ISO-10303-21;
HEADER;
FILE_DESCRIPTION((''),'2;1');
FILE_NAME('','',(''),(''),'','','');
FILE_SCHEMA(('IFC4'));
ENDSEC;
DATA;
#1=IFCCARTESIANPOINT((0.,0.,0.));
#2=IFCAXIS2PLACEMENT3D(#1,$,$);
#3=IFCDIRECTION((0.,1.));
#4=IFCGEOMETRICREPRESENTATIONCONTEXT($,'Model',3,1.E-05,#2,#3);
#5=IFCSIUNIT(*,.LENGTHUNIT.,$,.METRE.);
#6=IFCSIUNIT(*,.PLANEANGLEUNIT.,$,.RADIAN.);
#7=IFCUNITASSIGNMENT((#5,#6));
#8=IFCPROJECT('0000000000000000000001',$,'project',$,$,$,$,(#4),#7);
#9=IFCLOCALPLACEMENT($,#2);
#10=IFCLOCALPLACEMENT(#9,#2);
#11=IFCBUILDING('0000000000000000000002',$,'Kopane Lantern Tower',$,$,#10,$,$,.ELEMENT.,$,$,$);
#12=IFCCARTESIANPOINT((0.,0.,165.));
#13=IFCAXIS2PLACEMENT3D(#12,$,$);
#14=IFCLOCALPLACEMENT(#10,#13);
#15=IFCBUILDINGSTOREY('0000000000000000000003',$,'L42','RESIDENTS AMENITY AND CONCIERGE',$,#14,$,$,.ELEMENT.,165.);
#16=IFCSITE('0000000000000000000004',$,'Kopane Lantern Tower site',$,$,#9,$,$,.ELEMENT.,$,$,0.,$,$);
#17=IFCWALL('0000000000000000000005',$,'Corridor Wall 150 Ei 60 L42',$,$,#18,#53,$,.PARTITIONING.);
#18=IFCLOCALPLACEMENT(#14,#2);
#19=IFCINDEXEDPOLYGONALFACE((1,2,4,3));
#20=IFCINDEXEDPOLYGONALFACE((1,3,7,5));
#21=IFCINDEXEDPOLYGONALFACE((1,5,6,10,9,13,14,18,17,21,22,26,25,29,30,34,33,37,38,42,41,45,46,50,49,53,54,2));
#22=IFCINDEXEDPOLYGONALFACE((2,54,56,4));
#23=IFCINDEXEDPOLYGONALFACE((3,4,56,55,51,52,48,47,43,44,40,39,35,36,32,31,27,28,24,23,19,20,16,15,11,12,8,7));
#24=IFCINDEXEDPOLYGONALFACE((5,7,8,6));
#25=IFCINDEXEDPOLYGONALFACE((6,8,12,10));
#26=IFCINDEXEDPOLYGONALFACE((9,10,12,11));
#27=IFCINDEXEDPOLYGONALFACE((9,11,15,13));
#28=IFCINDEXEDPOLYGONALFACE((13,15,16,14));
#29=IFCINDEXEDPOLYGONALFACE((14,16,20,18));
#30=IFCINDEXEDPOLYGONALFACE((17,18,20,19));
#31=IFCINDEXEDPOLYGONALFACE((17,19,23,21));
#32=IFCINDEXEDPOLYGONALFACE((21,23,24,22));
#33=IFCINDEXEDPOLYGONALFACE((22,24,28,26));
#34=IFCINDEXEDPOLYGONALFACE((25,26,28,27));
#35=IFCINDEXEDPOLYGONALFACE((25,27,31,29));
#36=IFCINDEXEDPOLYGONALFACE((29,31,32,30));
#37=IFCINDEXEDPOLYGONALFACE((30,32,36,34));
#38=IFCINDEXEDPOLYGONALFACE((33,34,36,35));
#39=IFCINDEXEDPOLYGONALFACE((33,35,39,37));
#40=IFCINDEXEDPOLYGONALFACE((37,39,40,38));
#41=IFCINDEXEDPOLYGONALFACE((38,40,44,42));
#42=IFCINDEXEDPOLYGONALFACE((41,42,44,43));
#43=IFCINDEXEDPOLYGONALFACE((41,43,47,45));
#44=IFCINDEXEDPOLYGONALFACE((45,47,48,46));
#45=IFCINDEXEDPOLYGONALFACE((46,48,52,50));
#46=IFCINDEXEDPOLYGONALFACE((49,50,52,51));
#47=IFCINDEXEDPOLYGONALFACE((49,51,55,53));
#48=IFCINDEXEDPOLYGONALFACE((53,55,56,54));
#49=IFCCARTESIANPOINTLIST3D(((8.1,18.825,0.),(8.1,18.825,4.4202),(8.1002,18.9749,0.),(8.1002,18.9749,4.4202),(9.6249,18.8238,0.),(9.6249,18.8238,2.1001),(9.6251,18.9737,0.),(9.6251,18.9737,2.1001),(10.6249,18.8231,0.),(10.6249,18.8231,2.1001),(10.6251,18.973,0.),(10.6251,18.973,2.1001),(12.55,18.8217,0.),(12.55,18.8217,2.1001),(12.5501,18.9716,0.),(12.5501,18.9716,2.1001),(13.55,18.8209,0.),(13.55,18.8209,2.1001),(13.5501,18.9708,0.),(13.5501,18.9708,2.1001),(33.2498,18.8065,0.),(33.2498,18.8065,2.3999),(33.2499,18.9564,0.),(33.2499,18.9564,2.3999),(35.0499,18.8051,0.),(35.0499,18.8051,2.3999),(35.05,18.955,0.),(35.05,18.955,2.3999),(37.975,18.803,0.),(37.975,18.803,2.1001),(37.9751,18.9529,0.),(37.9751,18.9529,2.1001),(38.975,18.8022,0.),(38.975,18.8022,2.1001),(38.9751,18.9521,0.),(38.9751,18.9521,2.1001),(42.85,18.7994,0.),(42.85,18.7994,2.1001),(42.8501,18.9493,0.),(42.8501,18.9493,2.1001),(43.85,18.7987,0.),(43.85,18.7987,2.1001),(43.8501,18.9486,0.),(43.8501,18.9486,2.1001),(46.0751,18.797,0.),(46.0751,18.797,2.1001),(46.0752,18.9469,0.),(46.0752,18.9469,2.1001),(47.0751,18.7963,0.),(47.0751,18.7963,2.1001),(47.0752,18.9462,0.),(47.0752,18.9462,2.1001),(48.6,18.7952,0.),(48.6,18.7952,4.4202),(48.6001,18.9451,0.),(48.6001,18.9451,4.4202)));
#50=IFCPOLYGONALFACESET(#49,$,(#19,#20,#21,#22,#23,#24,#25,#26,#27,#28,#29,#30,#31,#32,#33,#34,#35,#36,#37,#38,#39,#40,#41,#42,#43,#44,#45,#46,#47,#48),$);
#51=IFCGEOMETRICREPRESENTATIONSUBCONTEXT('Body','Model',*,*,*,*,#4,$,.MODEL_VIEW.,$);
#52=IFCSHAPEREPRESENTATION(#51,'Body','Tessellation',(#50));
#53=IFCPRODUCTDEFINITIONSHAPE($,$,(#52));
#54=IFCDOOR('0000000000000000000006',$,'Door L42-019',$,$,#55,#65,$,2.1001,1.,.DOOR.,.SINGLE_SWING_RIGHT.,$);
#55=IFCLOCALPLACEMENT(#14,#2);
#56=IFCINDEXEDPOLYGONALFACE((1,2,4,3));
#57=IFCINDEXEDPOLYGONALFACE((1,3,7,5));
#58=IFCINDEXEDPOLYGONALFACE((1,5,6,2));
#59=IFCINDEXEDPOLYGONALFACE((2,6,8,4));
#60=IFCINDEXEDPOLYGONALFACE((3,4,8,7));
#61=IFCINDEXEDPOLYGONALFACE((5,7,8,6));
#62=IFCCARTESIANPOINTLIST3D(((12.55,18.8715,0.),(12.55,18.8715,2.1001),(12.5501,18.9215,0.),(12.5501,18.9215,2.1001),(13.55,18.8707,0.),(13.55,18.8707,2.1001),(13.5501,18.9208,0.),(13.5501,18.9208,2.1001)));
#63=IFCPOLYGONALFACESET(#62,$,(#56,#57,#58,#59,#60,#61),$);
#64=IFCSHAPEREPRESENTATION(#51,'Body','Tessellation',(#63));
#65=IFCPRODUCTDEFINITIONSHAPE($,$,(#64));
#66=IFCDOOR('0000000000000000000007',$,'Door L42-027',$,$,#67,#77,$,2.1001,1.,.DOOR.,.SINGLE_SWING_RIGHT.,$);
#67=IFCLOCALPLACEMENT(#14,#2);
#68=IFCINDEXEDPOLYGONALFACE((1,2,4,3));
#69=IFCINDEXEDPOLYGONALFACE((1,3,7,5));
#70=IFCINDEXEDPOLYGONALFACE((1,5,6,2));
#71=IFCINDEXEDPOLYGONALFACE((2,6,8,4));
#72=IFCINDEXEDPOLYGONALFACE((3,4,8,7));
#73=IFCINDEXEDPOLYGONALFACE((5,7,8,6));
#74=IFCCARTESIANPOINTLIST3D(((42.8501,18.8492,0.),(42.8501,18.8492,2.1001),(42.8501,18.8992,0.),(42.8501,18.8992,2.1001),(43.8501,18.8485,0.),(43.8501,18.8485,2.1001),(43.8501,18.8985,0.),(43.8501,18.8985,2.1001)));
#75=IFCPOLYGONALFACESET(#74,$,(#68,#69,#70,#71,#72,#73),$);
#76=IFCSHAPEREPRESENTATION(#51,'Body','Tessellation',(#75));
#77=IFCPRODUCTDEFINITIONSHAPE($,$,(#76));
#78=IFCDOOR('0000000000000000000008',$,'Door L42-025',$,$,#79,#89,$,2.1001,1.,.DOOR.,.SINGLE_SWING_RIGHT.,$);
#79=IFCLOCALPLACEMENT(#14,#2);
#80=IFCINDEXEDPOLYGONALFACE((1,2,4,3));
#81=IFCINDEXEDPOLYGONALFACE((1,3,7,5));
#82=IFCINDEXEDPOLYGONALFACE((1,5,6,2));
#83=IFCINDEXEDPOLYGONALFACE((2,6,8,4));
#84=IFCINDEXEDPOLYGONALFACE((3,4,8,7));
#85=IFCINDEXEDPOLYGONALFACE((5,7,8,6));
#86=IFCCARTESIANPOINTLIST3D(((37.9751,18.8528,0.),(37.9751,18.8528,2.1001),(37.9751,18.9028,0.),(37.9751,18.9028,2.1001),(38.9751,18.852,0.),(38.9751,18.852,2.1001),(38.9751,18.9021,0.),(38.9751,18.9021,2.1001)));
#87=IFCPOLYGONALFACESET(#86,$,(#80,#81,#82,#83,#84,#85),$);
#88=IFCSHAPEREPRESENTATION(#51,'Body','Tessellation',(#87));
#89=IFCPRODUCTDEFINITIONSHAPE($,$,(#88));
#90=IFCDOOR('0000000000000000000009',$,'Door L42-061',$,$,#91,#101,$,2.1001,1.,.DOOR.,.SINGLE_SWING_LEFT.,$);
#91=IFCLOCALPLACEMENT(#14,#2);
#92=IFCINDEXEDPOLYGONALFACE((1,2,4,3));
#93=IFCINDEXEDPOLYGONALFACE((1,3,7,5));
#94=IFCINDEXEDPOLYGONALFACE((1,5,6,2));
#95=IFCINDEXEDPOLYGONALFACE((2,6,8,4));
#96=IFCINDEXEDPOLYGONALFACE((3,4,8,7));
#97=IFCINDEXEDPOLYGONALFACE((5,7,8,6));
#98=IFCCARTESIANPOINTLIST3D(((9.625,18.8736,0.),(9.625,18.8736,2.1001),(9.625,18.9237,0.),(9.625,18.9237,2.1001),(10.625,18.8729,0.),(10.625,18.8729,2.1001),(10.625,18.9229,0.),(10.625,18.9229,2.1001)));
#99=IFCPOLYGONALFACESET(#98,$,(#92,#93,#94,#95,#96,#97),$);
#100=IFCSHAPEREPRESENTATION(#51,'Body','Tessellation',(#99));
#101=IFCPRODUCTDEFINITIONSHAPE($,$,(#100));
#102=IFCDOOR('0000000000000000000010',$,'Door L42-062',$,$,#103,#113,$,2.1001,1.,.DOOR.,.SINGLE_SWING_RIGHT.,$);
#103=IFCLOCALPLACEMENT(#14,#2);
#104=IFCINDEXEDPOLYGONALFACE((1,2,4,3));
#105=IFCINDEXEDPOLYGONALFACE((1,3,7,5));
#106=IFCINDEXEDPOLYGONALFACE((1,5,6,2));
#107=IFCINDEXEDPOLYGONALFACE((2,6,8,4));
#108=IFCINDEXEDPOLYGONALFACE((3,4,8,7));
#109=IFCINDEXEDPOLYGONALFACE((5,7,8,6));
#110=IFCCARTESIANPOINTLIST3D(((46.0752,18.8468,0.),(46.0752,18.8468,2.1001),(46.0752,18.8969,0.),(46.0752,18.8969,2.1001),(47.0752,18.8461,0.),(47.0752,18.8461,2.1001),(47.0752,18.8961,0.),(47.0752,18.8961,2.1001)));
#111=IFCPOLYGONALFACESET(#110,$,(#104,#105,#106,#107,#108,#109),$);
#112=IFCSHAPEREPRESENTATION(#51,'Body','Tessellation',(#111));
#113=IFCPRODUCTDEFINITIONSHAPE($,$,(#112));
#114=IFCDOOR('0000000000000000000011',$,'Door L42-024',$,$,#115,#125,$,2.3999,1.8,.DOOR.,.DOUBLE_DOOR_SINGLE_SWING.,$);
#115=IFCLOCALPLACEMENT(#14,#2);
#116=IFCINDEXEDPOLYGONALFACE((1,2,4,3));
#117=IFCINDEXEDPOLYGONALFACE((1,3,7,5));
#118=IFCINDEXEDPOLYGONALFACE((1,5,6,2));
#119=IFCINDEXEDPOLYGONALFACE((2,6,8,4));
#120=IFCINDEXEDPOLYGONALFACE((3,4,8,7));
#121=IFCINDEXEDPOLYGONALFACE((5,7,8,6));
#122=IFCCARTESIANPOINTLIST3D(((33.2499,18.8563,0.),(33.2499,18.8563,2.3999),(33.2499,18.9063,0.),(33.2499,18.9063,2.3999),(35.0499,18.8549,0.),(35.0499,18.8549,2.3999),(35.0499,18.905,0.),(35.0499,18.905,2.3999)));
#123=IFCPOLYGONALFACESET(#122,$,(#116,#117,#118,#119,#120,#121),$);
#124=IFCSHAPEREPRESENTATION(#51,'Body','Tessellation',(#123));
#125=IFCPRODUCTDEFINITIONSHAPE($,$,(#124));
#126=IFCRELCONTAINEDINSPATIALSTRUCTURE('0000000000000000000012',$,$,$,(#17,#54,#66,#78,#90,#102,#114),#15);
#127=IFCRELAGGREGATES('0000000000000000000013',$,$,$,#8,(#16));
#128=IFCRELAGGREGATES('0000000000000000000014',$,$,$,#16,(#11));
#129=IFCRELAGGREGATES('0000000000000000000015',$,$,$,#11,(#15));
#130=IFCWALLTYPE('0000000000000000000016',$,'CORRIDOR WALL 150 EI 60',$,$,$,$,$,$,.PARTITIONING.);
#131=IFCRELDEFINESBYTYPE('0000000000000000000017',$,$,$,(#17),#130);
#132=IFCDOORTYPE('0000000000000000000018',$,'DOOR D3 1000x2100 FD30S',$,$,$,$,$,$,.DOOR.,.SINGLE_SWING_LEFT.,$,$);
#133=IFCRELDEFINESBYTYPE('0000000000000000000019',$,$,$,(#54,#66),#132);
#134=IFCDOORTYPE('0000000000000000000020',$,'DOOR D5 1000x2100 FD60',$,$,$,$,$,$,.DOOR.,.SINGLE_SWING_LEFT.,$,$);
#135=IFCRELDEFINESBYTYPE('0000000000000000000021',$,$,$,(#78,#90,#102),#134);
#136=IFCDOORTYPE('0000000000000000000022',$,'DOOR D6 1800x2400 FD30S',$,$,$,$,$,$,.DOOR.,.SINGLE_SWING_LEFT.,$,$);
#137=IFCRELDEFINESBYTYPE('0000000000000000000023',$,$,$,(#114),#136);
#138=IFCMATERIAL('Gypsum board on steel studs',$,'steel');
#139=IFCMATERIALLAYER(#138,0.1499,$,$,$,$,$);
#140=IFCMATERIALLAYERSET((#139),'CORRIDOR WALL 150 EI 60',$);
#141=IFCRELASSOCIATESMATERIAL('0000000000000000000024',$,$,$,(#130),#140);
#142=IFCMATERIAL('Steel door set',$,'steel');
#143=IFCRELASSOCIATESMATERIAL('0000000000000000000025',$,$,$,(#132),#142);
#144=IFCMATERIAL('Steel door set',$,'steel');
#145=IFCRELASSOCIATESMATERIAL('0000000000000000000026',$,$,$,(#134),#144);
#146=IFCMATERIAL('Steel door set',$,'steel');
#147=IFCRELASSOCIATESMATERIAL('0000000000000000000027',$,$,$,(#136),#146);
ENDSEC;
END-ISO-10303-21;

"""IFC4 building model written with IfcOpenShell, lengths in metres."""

from ifc_helpers import new_model, si_unit, direction, frame, frame_2d, origin, place, context, subcontext, project, spatial, rectangle, extrude, material, layer, layer_set, type_object, element, fill, save


model = new_model("IFC4")

# Units and contexts
model_context = context("Model", 3, precision=1e-05, world=origin(), true_north=direction((0.0, 1.0)))
body_context = subcontext(model_context, "Body", "Model", "MODEL_VIEW")
ifc_project = project(units=[si_unit("LENGTHUNIT", "METRE"), si_unit("PLANEANGLEUNIT", "RADIAN")], contexts=[model_context])

# Site, building, storey
site_placement = place(None, origin())
site = spatial("IfcSite", under=ifc_project, at=site_placement, Name="Kopane Lantern Tower site", CompositionType="ELEMENT", RefElevation=0.0)
building_placement = place(site_placement, origin())
building = spatial("IfcBuilding", under=site, at=building_placement, Name="Kopane Lantern Tower", CompositionType="ELEMENT")
storey_placement = place(building_placement, frame((0.0, 0.0, 165.0)))
storey = spatial("IfcBuildingStorey", under=building, at=storey_placement, Name="L42", Description="RESIDENTS AMENITY AND CONCIERGE", CompositionType="ELEMENT", Elevation=165.0)

# Wall, openings, doors
ifc_material_1 = material(Name="Gypsum board on steel studs", Category="steel")
ifc_layer_1 = layer(ifc_material_1, 0.1499)
ifc_layer_set_1 = layer_set([ifc_layer_1], Name="CORRIDOR WALL 150 EI 60")
wall_type_1 = type_object("IfcWallType", Name="CORRIDOR WALL 150 EI 60", PredefinedType="PARTITIONING", material=ifc_layer_set_1)
wall_1_placement = place(storey_placement, frame((8.1001, 18.8999, 0.0), z_axis=(0.0, 0.0, 1.0), x_axis=(1.0, -0.000735, 0.0)))
wall_1 = element("IfcWall", 1, at=wall_1_placement, inside=storey, type_object=wall_type_1, Name="Corridor Wall 150 Ei 60 L42", PredefinedType="PARTITIONING", context=body_context, shape_type="SweptSolid", body=[
    extrude(rectangle(XDim=40.5, YDim=0.1499, at=frame_2d((20.25, 0.0))), origin(), (0.0, 0.0, 1.0), 4.4202),
])
opening_1_placement = place(wall_1_placement, frame((4.45, 0.0, 0.0)))
opening_1 = element("IfcOpeningElement", 2, at=opening_1_placement, cuts=wall_1, PredefinedType="OPENING", context=body_context, shape_type="SweptSolid", body=[
    extrude(rectangle(XDim=1.0, YDim=2.1001, at=frame_2d((0.5, 1.05))), frame((0.0, 0.085, 0.0), z_axis=(0.0, -1.0, 0.0), x_axis=(1.0, 0.0, 0.0)), (0.0, 0.0, 1.0), 0.1699),
])
opening_2_placement = place(wall_1_placement, frame((25.1499, 0.0, 0.0)))
opening_2 = element("IfcOpeningElement", 3, at=opening_2_placement, cuts=wall_1, PredefinedType="OPENING", context=body_context, shape_type="SweptSolid", body=[
    extrude(rectangle(XDim=1.8, YDim=2.3999, at=frame_2d((0.8999, 1.2))), frame((0.0, 0.085, 0.0), z_axis=(0.0, -1.0, 0.0), x_axis=(1.0, 0.0, 0.0)), (0.0, 0.0, 1.0), 0.1699),
])
opening_3_placement = place(wall_1_placement, frame((29.875, 0.0, 0.0)))
opening_3 = element("IfcOpeningElement", 4, at=opening_3_placement, cuts=wall_1, PredefinedType="OPENING", context=body_context, shape_type="SweptSolid", body=[
    extrude(rectangle(XDim=1.0, YDim=2.1001, at=frame_2d((0.5, 1.05))), frame((0.0, 0.085, 0.0), z_axis=(0.0, -1.0, 0.0), x_axis=(1.0, 0.0, 0.0)), (0.0, 0.0, 1.0), 0.1699),
])
opening_4_placement = place(wall_1_placement, frame((34.75, 0.0, 0.0)))
opening_4 = element("IfcOpeningElement", 5, at=opening_4_placement, cuts=wall_1, PredefinedType="OPENING", context=body_context, shape_type="SweptSolid", body=[
    extrude(rectangle(XDim=1.0, YDim=2.1001, at=frame_2d((0.5, 1.05))), frame((0.0, 0.085, 0.0), z_axis=(0.0, -1.0, 0.0), x_axis=(1.0, 0.0, 0.0)), (0.0, 0.0, 1.0), 0.1699),
])
opening_5_placement = place(wall_1_placement, frame((1.5249, 0.0, 0.0)))
opening_5 = element("IfcOpeningElement", 6, at=opening_5_placement, cuts=wall_1, PredefinedType="OPENING", context=body_context, shape_type="SweptSolid", body=[
    extrude(rectangle(XDim=1.0, YDim=2.1001, at=frame_2d((0.5, 1.05))), frame((0.0, 0.085, 0.0), z_axis=(0.0, -1.0, 0.0), x_axis=(1.0, 0.0, 0.0)), (0.0, 0.0, 1.0), 0.1699),
])
opening_6_placement = place(wall_1_placement, frame((37.9751, 0.0, 0.0)))
opening_6 = element("IfcOpeningElement", 7, at=opening_6_placement, cuts=wall_1, PredefinedType="OPENING", context=body_context, shape_type="SweptSolid", body=[
    extrude(rectangle(XDim=1.0, YDim=2.1001, at=frame_2d((0.5, 1.05))), frame((0.0, 0.085, 0.0), z_axis=(0.0, -1.0, 0.0), x_axis=(1.0, 0.0, 0.0)), (0.0, 0.0, 1.0), 0.1699),
])
ifc_material_2 = material(Name="Steel door set", Category="steel")
door_type_1 = type_object("IfcDoorType", Name="DOOR D3 1000x2100 FD30S", OperationType="SINGLE_SWING_LEFT", PredefinedType="DOOR", material=ifc_material_2)
door_1_placement = place(opening_1_placement, origin())
door_1 = element("IfcDoor", 8, at=door_1_placement, inside=storey, type_object=door_type_1, Name="Door L42-019", OperationType="SINGLE_SWING_RIGHT", OverallHeight=2.1001, OverallWidth=1.0, PredefinedType="DOOR", context=body_context, shape_type="SweptSolid", body=[
    extrude(rectangle(XDim=1.0, YDim=2.1001, at=frame_2d((0.5, 1.05))), frame((0.0, 0.0249, 0.0), z_axis=(0.0, -1.0, 0.0), x_axis=(1.0, 0.0, 0.0)), (0.0, 0.0, 1.0), 0.05),
])
fill(opening_1, door_1)
door_2_placement = place(opening_4_placement, origin())
door_2 = element("IfcDoor", 9, at=door_2_placement, inside=storey, type_object=door_type_1, Name="Door L42-027", OperationType="SINGLE_SWING_RIGHT", OverallHeight=2.1001, OverallWidth=1.0, PredefinedType="DOOR", context=body_context, shape_type="SweptSolid", body=[
    extrude(rectangle(XDim=1.0, YDim=2.1001, at=frame_2d((0.5, 1.05))), frame((0.0, 0.0249, 0.0), z_axis=(0.0, -1.0, 0.0), x_axis=(1.0, 0.0, 0.0)), (0.0, 0.0, 1.0), 0.05),
])
fill(opening_4, door_2)
ifc_material_3 = material(Name="Steel door set", Category="steel")
door_type_2 = type_object("IfcDoorType", Name="DOOR D5 1000x2100 FD60", OperationType="SINGLE_SWING_LEFT", PredefinedType="DOOR", material=ifc_material_3)
door_3_placement = place(opening_3_placement, origin())
door_3 = element("IfcDoor", 10, at=door_3_placement, inside=storey, type_object=door_type_2, Name="Door L42-025", OperationType="SINGLE_SWING_RIGHT", OverallHeight=2.1001, OverallWidth=1.0, PredefinedType="DOOR", context=body_context, shape_type="SweptSolid", body=[
    extrude(rectangle(XDim=1.0, YDim=2.1001, at=frame_2d((0.5, 1.05))), frame((0.0, 0.0249, 0.0), z_axis=(0.0, -1.0, 0.0), x_axis=(1.0, 0.0, 0.0)), (0.0, 0.0, 1.0), 0.05),
])
fill(opening_3, door_3)
door_4_placement = place(opening_5_placement, origin())
door_4 = element("IfcDoor", 11, at=door_4_placement, inside=storey, type_object=door_type_2, Name="Door L42-061", OperationType="SINGLE_SWING_LEFT", OverallHeight=2.1001, OverallWidth=1.0, PredefinedType="DOOR", context=body_context, shape_type="SweptSolid", body=[
    extrude(rectangle(XDim=1.0, YDim=2.1001, at=frame_2d((0.5, 1.05))), frame((0.0, 0.0249, 0.0), z_axis=(0.0, -1.0, 0.0), x_axis=(1.0, 0.0, 0.0)), (0.0, 0.0, 1.0), 0.05),
])
fill(opening_5, door_4)
door_5_placement = place(opening_6_placement, origin())
door_5 = element("IfcDoor", 12, at=door_5_placement, inside=storey, type_object=door_type_2, Name="Door L42-062", OperationType="SINGLE_SWING_RIGHT", OverallHeight=2.1001, OverallWidth=1.0, PredefinedType="DOOR", context=body_context, shape_type="SweptSolid", body=[
    extrude(rectangle(XDim=1.0, YDim=2.1001, at=frame_2d((0.5, 1.05))), frame((0.0, 0.0249, 0.0), z_axis=(0.0, -1.0, 0.0), x_axis=(1.0, 0.0, 0.0)), (0.0, 0.0, 1.0), 0.05),
])
fill(opening_6, door_5)
ifc_material_4 = material(Name="Steel door set", Category="steel")
door_type_3 = type_object("IfcDoorType", Name="DOOR D6 1800x2400 FD30S", OperationType="SINGLE_SWING_LEFT", PredefinedType="DOOR", material=ifc_material_4)
door_6_placement = place(opening_2_placement, origin())
door_6 = element("IfcDoor", 13, at=door_6_placement, inside=storey, type_object=door_type_3, Name="Door L42-024", OperationType="DOUBLE_DOOR_SINGLE_SWING", OverallHeight=2.3999, OverallWidth=1.8, PredefinedType="DOOR", context=body_context, shape_type="SweptSolid", body=[
    extrude(rectangle(XDim=1.8, YDim=2.3999, at=frame_2d((0.8999, 1.2))), frame((0.0, 0.0249, 0.0), z_axis=(0.0, -1.0, 0.0), x_axis=(1.0, 0.0, 0.0)), (0.0, 0.0, 1.0), 0.05),
])
fill(opening_2, door_6)

save(model, "model.ifc")
